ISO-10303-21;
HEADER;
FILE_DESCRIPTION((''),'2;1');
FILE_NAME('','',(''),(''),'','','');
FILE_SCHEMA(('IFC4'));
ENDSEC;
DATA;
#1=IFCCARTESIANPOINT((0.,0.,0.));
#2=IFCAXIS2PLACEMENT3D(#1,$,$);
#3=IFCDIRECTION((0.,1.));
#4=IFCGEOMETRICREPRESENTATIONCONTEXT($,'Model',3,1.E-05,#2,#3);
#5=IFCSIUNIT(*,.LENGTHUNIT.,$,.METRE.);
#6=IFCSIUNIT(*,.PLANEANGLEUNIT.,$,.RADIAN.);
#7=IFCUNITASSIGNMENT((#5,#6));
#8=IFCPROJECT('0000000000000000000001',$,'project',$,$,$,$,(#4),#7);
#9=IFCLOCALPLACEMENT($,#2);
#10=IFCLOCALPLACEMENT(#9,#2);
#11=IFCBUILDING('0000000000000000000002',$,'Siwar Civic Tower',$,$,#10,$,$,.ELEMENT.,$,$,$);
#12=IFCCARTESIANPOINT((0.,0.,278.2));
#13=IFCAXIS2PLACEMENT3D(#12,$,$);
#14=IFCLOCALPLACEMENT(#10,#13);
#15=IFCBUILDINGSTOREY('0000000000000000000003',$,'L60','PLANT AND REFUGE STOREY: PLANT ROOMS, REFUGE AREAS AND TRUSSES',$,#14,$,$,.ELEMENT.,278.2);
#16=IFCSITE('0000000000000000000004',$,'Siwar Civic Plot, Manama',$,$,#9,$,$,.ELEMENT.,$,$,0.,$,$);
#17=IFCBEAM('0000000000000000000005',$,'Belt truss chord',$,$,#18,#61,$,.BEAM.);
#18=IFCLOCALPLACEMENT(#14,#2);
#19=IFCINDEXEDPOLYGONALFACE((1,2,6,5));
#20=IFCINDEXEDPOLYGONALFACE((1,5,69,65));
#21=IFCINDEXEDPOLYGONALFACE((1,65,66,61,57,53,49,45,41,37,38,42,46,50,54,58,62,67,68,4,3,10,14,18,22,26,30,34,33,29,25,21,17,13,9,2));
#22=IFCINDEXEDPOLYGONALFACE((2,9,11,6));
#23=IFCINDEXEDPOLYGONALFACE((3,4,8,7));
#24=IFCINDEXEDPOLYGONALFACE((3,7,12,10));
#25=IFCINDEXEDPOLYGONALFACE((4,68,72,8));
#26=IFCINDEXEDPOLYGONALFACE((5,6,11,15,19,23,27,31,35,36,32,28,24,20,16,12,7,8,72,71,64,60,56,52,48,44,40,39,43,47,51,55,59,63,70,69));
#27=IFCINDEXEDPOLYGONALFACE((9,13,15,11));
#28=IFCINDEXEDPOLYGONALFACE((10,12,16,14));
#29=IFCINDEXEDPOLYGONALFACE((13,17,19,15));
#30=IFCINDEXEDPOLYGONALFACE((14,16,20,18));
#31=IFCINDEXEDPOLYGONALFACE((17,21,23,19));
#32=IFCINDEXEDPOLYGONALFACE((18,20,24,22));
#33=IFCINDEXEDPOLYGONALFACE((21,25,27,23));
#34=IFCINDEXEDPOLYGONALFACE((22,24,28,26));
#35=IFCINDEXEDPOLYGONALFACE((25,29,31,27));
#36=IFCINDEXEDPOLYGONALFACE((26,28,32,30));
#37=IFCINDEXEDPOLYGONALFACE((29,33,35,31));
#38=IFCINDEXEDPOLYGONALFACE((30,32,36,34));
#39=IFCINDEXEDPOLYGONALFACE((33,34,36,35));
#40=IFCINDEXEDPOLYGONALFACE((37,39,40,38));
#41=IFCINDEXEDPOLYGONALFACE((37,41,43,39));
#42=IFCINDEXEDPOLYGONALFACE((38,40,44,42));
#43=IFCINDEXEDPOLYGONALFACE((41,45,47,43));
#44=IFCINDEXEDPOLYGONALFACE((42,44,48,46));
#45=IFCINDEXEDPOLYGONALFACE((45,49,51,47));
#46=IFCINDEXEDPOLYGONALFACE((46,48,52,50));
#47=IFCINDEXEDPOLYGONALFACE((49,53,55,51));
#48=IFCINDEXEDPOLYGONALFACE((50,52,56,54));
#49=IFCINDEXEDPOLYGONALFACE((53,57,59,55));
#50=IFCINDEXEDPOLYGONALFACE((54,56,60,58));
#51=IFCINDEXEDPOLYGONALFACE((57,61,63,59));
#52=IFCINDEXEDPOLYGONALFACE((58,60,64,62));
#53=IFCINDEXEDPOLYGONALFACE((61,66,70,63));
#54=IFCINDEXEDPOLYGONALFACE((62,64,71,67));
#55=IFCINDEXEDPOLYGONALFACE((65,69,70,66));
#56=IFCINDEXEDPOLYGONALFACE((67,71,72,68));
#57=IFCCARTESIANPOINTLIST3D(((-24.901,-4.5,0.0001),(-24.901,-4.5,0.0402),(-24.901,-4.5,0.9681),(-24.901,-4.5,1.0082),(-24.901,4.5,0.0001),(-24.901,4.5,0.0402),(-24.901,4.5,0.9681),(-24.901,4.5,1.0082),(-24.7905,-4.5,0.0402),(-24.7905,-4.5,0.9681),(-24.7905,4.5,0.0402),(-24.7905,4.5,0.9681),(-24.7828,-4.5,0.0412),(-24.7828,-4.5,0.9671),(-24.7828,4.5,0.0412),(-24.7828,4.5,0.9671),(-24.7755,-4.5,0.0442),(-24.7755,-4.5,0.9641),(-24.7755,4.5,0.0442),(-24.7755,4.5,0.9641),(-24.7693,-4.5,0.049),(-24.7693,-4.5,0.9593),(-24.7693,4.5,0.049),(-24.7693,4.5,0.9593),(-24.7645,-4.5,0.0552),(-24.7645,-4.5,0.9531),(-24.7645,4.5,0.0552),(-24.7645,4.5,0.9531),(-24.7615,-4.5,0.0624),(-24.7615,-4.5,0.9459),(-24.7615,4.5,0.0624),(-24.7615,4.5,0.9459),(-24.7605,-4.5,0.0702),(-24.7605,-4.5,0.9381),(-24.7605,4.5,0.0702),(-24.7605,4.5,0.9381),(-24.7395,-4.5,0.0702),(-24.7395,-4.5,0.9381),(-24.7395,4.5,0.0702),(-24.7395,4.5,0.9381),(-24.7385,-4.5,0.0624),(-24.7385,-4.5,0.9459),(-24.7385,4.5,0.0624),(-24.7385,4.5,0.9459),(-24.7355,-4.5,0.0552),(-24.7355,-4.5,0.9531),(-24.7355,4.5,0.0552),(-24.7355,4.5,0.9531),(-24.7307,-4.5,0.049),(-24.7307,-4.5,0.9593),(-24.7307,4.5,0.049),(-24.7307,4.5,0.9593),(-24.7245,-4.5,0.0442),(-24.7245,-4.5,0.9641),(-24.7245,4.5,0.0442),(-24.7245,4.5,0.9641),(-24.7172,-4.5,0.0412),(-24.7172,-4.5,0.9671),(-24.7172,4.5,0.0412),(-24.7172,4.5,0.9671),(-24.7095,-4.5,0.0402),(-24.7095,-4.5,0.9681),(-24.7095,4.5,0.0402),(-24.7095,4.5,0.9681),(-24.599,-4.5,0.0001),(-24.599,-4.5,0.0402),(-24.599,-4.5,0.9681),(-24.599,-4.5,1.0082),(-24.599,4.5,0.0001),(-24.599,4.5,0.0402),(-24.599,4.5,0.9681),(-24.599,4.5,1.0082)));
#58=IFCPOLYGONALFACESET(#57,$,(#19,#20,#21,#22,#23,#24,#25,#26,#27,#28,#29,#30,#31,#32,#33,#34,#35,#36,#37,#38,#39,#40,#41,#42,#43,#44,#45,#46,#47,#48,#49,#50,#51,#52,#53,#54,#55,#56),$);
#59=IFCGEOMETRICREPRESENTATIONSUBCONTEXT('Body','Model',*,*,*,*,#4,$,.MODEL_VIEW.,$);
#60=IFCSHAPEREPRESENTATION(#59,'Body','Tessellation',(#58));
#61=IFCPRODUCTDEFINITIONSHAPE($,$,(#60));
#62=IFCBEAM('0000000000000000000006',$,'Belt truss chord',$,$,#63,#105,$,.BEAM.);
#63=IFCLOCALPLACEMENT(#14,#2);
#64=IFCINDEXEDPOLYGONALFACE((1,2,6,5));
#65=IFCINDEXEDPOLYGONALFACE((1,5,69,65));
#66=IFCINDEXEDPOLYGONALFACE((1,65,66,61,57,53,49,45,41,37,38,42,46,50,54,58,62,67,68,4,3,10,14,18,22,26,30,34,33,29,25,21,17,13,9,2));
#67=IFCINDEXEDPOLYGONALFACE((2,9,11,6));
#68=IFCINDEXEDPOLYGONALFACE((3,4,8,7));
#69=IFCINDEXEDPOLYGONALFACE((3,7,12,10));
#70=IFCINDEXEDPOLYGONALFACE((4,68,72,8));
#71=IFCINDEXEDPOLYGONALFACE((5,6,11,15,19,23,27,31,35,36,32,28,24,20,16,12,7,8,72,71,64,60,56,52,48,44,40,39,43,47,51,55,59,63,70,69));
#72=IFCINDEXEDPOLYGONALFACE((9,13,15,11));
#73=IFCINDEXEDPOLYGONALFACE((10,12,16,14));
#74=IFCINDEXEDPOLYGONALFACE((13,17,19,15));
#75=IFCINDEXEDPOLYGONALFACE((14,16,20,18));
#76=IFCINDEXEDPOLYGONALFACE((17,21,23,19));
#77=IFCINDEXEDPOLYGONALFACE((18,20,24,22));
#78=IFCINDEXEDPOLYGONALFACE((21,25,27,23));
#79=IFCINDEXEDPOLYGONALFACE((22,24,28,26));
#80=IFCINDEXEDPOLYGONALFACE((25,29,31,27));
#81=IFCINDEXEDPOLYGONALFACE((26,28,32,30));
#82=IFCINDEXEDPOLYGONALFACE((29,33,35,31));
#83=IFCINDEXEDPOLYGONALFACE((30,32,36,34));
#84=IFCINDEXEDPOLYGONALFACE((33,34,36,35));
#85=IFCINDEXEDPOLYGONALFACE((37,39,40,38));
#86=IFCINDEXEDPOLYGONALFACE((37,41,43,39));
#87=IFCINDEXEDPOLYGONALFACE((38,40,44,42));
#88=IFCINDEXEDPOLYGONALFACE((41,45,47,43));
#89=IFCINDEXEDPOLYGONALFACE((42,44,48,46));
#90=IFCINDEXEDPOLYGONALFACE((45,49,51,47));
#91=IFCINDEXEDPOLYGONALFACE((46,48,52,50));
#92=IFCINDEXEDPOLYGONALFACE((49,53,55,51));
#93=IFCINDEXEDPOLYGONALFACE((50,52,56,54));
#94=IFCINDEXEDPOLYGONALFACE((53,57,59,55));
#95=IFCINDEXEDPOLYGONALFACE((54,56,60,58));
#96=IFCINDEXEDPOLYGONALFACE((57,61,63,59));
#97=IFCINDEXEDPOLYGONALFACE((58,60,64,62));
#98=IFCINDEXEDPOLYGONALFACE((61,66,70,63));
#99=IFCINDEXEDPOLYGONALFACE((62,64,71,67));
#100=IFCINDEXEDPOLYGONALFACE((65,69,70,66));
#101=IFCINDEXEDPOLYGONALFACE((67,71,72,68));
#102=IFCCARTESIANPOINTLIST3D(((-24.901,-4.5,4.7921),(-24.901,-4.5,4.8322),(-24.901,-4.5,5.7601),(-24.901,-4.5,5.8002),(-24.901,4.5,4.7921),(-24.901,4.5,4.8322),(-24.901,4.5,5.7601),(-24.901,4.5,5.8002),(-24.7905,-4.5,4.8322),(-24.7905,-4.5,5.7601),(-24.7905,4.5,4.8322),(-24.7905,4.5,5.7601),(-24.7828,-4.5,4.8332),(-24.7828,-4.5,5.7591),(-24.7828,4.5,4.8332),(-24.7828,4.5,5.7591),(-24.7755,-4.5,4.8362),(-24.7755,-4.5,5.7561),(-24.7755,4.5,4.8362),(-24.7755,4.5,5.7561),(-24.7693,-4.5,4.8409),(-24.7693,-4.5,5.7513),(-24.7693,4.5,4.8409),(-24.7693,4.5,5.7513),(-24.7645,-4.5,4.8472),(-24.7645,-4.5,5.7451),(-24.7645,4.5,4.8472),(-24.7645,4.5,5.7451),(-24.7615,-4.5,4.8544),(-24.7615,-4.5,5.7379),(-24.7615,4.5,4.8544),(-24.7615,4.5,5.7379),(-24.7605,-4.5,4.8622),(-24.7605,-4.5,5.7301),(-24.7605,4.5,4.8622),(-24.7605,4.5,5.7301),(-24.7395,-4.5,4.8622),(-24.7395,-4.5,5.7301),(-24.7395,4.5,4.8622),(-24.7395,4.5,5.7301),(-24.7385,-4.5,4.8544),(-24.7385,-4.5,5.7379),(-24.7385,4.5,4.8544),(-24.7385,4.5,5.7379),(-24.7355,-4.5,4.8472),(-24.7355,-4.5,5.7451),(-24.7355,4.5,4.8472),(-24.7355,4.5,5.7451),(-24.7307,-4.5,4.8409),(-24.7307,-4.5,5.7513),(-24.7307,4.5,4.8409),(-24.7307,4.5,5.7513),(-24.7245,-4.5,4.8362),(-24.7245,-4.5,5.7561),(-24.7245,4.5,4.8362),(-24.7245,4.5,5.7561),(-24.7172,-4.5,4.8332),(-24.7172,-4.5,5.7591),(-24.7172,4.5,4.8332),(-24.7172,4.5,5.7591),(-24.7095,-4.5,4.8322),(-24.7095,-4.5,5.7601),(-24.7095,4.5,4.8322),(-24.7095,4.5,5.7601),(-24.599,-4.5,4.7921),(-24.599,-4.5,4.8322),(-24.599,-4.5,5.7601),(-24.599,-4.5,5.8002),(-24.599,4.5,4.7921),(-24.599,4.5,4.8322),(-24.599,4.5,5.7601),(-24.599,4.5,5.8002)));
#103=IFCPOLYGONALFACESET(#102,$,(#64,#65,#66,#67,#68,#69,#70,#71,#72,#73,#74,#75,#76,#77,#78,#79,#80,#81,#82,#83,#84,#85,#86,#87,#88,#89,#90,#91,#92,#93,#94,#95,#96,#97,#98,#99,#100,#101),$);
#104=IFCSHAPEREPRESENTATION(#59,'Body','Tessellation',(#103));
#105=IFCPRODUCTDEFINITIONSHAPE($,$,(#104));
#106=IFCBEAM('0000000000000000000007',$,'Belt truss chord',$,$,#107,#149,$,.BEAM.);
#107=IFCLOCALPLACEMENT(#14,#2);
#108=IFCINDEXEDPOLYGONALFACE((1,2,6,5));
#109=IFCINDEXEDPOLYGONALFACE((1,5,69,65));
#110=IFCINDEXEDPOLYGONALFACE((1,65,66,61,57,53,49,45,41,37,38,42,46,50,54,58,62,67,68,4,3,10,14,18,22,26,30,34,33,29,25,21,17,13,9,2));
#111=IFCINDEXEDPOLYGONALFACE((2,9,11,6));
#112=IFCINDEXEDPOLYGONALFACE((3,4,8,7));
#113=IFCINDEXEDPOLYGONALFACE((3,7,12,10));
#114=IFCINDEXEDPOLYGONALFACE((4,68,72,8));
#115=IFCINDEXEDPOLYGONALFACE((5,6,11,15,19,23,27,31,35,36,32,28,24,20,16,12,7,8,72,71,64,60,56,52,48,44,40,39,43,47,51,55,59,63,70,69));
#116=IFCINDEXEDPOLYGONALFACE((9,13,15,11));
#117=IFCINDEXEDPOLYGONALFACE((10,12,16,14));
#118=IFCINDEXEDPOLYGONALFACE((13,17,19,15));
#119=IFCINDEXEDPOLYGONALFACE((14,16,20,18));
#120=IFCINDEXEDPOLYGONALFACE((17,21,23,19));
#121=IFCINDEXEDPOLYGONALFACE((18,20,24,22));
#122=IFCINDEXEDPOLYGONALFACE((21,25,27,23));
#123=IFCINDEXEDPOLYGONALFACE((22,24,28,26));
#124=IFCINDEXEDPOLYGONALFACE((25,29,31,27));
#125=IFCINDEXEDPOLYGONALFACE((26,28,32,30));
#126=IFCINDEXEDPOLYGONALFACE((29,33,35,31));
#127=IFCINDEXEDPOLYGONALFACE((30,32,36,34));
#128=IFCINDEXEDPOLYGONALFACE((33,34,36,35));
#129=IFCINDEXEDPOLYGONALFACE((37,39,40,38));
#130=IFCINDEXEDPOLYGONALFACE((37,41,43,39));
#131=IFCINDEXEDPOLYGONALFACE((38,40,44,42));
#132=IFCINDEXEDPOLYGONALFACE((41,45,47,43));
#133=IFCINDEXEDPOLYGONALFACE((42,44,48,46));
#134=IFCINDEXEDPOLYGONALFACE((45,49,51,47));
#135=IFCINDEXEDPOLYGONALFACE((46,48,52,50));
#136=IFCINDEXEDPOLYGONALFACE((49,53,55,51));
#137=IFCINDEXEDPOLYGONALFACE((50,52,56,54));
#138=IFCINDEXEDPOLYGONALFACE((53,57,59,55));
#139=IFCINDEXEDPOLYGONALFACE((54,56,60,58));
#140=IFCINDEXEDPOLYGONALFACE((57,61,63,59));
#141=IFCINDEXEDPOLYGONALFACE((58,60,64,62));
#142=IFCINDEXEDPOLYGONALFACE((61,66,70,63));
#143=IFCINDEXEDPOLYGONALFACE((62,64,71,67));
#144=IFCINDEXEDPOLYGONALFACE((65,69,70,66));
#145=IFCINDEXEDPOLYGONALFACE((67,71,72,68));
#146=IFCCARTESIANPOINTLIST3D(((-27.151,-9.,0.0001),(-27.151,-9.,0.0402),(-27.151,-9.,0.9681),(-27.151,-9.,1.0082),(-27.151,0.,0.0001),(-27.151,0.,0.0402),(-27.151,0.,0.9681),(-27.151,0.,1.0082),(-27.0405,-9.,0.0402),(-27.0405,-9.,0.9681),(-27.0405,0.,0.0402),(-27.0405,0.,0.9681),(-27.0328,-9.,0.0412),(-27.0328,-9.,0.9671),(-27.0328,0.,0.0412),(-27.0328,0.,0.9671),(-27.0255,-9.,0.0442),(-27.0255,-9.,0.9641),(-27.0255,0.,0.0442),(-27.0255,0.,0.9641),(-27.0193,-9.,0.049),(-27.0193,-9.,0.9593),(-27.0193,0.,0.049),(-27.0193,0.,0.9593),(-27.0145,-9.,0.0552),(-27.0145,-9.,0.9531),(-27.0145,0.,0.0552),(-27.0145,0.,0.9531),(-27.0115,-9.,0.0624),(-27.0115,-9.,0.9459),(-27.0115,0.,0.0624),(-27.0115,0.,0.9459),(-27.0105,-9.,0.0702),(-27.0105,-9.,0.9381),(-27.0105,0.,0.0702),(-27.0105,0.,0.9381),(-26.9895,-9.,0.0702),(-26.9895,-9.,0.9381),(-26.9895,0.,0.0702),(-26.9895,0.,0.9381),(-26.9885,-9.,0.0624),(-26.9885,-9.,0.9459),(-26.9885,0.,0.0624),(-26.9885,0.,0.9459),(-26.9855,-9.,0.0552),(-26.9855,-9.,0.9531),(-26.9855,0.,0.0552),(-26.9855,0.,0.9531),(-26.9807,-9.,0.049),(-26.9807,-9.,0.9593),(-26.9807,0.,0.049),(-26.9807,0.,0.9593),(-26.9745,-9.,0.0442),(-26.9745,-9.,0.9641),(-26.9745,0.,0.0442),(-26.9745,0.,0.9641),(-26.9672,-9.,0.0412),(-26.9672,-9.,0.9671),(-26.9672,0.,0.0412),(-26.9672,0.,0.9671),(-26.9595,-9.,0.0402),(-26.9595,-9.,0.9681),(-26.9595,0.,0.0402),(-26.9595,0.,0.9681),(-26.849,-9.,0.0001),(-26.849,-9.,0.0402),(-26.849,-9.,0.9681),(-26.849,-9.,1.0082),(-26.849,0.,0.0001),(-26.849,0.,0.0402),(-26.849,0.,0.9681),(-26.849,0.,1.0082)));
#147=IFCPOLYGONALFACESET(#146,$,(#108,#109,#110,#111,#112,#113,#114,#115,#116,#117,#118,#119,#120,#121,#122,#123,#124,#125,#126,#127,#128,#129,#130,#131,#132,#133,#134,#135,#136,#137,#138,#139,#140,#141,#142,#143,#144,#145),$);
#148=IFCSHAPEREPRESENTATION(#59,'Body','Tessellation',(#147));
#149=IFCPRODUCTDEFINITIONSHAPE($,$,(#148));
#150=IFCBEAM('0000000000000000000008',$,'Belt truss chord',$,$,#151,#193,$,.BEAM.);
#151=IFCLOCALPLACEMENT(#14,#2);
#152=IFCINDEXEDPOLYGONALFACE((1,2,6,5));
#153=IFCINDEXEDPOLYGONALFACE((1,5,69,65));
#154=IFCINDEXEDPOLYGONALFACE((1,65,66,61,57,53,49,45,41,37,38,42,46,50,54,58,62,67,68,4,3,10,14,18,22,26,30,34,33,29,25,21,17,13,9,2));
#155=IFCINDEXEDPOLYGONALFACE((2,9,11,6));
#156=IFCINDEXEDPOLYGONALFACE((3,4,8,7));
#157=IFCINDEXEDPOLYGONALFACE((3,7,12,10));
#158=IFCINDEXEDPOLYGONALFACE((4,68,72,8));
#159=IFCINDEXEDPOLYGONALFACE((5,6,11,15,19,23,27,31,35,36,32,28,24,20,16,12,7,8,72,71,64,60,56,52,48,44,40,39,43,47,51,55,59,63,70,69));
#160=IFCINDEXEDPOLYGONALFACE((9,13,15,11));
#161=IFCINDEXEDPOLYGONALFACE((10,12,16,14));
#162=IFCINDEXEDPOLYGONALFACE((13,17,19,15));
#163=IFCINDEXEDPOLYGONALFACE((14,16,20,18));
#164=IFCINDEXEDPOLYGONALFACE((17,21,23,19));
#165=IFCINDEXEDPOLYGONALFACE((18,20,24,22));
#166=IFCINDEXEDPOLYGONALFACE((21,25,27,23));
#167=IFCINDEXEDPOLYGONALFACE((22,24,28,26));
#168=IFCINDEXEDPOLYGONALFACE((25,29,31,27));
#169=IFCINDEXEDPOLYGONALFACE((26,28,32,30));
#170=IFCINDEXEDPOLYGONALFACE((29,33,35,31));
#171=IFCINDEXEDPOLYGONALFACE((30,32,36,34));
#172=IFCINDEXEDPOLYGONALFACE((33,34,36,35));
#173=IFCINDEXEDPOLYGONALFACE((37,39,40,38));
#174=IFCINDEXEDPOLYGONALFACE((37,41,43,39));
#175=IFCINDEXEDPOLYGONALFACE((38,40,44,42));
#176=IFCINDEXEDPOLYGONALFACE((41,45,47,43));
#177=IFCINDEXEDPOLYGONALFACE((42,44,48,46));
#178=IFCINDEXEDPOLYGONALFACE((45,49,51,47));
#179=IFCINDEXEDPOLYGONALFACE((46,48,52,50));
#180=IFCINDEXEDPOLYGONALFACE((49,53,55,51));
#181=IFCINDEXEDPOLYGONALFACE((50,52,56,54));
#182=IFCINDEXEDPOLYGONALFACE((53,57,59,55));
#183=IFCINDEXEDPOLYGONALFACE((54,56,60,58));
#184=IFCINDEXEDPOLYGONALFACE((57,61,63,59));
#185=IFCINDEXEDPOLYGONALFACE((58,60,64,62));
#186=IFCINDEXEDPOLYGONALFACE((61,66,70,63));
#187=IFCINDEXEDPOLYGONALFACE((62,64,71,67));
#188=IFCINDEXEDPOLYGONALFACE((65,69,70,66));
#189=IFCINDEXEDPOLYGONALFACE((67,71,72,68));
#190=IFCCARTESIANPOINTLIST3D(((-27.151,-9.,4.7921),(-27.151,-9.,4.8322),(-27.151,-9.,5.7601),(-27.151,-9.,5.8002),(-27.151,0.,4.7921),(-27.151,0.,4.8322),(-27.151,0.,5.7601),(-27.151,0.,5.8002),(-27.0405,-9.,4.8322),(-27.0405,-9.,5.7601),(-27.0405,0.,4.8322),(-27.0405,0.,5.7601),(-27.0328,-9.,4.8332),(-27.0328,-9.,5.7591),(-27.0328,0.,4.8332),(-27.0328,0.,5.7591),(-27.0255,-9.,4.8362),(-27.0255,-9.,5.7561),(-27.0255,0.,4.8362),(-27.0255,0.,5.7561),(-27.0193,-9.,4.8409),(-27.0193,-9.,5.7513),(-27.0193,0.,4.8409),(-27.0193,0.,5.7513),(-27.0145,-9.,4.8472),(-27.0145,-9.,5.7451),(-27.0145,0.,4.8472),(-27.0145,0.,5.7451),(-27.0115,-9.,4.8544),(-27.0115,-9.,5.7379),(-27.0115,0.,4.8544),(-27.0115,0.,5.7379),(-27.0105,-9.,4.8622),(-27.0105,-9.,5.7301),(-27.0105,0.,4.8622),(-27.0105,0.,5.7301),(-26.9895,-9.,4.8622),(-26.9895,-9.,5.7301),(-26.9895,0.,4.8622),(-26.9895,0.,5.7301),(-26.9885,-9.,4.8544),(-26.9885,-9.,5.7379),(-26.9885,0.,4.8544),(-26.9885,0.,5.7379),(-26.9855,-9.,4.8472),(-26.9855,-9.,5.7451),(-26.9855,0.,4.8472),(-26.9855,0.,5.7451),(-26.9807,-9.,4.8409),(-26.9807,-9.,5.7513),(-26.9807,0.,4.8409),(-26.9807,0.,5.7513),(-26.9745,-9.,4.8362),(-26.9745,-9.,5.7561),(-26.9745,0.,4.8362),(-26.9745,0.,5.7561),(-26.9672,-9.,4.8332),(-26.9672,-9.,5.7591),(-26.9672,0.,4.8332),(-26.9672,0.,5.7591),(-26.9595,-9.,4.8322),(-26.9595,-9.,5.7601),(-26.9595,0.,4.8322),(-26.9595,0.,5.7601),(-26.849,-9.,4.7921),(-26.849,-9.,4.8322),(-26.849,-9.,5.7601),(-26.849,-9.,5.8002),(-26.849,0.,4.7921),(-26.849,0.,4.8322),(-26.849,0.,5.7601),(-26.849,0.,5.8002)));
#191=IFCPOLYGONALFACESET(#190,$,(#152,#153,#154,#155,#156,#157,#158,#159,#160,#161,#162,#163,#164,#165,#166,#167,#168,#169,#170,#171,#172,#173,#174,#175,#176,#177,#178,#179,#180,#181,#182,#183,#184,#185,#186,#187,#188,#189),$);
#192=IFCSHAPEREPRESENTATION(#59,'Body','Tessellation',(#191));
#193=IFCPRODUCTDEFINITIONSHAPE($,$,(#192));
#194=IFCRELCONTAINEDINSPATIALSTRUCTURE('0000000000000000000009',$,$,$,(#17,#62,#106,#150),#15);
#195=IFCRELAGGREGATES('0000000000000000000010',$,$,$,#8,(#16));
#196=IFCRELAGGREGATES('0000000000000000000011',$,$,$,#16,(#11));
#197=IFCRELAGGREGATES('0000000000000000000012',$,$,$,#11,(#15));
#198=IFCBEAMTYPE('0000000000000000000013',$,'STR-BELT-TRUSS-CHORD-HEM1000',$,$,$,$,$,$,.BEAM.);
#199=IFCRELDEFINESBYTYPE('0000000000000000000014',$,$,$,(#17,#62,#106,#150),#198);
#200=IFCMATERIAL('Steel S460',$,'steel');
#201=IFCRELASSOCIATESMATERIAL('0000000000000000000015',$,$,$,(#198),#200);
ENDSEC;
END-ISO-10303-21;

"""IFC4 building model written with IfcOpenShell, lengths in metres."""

from ifc_helpers import new_model, si_unit, direction, frame, origin, origin_2d, place, context, subcontext, project, spatial, i_section, extrude, material, material_profile, profile_set, type_object, element, save


model = new_model("IFC4")

# Units and contexts
model_context = context("Model", 3, precision=1e-05, world=origin(), true_north=direction((0.0, 1.0)))
body_context = subcontext(model_context, "Body", "Model", "MODEL_VIEW")
ifc_project = project(units=[si_unit("LENGTHUNIT", "METRE"), si_unit("PLANEANGLEUNIT", "RADIAN")], contexts=[model_context])

# Site, building, storey
site_placement = place(None, origin())
site = spatial("IfcSite", under=ifc_project, at=site_placement, Name="Siwar Civic Plot, Manama", CompositionType="ELEMENT", RefElevation=0.0)
building_placement = place(site_placement, origin())
building = spatial("IfcBuilding", under=site, at=building_placement, Name="Siwar Civic Tower", CompositionType="ELEMENT")
storey_placement = place(building_placement, frame((0.0, 0.0, 278.2)))
storey = spatial("IfcBuildingStorey", under=building, at=storey_placement, Name="L60", Description="PLANT AND REFUGE STOREY: PLANT ROOMS, REFUGE AREAS AND TRUSSES", CompositionType="ELEMENT", Elevation=278.2)

# Beams
ifc_material_1 = material(Name="Steel S460", Category="steel")
ifc_material_profile_1 = material_profile(ifc_material_1, i_section(OverallWidth=0.302, OverallDepth=1.0081, WebThickness=0.021, FlangeThickness=0.04, FilletRadius=0.03, at=origin_2d()), Name="HEM1000")
ifc_profile_set_1 = profile_set([ifc_material_profile_1], Name="Steel S460")
beam_type_1 = type_object("IfcBeamType", Name="STR-BELT-TRUSS-CHORD-HEM1000", PredefinedType="BEAM", material=ifc_profile_set_1)
for number, where, z_axis, x_axis, name in (
    (1, (-24.75, 4.5, 0.5042), (0.0, -1.0, 0.0), (1.0, 0.0, 0.0), "Belt truss chord"),
    (2, (-24.75, 4.5, 5.2961), (0.0, -1.0, 0.0), (1.0, 0.0, 0.0), "Belt truss chord"),
    (3, (-27.0, 0.0, 0.5042), (0.0, -1.0, 0.0), (1.0, 0.0, 0.0), "Belt truss chord"),
    (4, (-27.0, 0.0, 5.2961), (0.0, -1.0, 0.0), (1.0, 0.0, 0.0), "Belt truss chord"),
):
    element("IfcBeam", number, at=place(storey_placement, frame(where, z_axis=z_axis, x_axis=x_axis)), inside=storey, type_object=beam_type_1, Name=name, PredefinedType="BEAM", context=body_context, shape_type="SweptSolid", body=[
        extrude(i_section(OverallWidth=0.302, OverallDepth=1.0081, WebThickness=0.021, FlangeThickness=0.04, FilletRadius=0.03, at=origin_2d()), origin(), (0.0, 0.0, 1.0), 9.0),
    ])

save(model, "model.ifc")
